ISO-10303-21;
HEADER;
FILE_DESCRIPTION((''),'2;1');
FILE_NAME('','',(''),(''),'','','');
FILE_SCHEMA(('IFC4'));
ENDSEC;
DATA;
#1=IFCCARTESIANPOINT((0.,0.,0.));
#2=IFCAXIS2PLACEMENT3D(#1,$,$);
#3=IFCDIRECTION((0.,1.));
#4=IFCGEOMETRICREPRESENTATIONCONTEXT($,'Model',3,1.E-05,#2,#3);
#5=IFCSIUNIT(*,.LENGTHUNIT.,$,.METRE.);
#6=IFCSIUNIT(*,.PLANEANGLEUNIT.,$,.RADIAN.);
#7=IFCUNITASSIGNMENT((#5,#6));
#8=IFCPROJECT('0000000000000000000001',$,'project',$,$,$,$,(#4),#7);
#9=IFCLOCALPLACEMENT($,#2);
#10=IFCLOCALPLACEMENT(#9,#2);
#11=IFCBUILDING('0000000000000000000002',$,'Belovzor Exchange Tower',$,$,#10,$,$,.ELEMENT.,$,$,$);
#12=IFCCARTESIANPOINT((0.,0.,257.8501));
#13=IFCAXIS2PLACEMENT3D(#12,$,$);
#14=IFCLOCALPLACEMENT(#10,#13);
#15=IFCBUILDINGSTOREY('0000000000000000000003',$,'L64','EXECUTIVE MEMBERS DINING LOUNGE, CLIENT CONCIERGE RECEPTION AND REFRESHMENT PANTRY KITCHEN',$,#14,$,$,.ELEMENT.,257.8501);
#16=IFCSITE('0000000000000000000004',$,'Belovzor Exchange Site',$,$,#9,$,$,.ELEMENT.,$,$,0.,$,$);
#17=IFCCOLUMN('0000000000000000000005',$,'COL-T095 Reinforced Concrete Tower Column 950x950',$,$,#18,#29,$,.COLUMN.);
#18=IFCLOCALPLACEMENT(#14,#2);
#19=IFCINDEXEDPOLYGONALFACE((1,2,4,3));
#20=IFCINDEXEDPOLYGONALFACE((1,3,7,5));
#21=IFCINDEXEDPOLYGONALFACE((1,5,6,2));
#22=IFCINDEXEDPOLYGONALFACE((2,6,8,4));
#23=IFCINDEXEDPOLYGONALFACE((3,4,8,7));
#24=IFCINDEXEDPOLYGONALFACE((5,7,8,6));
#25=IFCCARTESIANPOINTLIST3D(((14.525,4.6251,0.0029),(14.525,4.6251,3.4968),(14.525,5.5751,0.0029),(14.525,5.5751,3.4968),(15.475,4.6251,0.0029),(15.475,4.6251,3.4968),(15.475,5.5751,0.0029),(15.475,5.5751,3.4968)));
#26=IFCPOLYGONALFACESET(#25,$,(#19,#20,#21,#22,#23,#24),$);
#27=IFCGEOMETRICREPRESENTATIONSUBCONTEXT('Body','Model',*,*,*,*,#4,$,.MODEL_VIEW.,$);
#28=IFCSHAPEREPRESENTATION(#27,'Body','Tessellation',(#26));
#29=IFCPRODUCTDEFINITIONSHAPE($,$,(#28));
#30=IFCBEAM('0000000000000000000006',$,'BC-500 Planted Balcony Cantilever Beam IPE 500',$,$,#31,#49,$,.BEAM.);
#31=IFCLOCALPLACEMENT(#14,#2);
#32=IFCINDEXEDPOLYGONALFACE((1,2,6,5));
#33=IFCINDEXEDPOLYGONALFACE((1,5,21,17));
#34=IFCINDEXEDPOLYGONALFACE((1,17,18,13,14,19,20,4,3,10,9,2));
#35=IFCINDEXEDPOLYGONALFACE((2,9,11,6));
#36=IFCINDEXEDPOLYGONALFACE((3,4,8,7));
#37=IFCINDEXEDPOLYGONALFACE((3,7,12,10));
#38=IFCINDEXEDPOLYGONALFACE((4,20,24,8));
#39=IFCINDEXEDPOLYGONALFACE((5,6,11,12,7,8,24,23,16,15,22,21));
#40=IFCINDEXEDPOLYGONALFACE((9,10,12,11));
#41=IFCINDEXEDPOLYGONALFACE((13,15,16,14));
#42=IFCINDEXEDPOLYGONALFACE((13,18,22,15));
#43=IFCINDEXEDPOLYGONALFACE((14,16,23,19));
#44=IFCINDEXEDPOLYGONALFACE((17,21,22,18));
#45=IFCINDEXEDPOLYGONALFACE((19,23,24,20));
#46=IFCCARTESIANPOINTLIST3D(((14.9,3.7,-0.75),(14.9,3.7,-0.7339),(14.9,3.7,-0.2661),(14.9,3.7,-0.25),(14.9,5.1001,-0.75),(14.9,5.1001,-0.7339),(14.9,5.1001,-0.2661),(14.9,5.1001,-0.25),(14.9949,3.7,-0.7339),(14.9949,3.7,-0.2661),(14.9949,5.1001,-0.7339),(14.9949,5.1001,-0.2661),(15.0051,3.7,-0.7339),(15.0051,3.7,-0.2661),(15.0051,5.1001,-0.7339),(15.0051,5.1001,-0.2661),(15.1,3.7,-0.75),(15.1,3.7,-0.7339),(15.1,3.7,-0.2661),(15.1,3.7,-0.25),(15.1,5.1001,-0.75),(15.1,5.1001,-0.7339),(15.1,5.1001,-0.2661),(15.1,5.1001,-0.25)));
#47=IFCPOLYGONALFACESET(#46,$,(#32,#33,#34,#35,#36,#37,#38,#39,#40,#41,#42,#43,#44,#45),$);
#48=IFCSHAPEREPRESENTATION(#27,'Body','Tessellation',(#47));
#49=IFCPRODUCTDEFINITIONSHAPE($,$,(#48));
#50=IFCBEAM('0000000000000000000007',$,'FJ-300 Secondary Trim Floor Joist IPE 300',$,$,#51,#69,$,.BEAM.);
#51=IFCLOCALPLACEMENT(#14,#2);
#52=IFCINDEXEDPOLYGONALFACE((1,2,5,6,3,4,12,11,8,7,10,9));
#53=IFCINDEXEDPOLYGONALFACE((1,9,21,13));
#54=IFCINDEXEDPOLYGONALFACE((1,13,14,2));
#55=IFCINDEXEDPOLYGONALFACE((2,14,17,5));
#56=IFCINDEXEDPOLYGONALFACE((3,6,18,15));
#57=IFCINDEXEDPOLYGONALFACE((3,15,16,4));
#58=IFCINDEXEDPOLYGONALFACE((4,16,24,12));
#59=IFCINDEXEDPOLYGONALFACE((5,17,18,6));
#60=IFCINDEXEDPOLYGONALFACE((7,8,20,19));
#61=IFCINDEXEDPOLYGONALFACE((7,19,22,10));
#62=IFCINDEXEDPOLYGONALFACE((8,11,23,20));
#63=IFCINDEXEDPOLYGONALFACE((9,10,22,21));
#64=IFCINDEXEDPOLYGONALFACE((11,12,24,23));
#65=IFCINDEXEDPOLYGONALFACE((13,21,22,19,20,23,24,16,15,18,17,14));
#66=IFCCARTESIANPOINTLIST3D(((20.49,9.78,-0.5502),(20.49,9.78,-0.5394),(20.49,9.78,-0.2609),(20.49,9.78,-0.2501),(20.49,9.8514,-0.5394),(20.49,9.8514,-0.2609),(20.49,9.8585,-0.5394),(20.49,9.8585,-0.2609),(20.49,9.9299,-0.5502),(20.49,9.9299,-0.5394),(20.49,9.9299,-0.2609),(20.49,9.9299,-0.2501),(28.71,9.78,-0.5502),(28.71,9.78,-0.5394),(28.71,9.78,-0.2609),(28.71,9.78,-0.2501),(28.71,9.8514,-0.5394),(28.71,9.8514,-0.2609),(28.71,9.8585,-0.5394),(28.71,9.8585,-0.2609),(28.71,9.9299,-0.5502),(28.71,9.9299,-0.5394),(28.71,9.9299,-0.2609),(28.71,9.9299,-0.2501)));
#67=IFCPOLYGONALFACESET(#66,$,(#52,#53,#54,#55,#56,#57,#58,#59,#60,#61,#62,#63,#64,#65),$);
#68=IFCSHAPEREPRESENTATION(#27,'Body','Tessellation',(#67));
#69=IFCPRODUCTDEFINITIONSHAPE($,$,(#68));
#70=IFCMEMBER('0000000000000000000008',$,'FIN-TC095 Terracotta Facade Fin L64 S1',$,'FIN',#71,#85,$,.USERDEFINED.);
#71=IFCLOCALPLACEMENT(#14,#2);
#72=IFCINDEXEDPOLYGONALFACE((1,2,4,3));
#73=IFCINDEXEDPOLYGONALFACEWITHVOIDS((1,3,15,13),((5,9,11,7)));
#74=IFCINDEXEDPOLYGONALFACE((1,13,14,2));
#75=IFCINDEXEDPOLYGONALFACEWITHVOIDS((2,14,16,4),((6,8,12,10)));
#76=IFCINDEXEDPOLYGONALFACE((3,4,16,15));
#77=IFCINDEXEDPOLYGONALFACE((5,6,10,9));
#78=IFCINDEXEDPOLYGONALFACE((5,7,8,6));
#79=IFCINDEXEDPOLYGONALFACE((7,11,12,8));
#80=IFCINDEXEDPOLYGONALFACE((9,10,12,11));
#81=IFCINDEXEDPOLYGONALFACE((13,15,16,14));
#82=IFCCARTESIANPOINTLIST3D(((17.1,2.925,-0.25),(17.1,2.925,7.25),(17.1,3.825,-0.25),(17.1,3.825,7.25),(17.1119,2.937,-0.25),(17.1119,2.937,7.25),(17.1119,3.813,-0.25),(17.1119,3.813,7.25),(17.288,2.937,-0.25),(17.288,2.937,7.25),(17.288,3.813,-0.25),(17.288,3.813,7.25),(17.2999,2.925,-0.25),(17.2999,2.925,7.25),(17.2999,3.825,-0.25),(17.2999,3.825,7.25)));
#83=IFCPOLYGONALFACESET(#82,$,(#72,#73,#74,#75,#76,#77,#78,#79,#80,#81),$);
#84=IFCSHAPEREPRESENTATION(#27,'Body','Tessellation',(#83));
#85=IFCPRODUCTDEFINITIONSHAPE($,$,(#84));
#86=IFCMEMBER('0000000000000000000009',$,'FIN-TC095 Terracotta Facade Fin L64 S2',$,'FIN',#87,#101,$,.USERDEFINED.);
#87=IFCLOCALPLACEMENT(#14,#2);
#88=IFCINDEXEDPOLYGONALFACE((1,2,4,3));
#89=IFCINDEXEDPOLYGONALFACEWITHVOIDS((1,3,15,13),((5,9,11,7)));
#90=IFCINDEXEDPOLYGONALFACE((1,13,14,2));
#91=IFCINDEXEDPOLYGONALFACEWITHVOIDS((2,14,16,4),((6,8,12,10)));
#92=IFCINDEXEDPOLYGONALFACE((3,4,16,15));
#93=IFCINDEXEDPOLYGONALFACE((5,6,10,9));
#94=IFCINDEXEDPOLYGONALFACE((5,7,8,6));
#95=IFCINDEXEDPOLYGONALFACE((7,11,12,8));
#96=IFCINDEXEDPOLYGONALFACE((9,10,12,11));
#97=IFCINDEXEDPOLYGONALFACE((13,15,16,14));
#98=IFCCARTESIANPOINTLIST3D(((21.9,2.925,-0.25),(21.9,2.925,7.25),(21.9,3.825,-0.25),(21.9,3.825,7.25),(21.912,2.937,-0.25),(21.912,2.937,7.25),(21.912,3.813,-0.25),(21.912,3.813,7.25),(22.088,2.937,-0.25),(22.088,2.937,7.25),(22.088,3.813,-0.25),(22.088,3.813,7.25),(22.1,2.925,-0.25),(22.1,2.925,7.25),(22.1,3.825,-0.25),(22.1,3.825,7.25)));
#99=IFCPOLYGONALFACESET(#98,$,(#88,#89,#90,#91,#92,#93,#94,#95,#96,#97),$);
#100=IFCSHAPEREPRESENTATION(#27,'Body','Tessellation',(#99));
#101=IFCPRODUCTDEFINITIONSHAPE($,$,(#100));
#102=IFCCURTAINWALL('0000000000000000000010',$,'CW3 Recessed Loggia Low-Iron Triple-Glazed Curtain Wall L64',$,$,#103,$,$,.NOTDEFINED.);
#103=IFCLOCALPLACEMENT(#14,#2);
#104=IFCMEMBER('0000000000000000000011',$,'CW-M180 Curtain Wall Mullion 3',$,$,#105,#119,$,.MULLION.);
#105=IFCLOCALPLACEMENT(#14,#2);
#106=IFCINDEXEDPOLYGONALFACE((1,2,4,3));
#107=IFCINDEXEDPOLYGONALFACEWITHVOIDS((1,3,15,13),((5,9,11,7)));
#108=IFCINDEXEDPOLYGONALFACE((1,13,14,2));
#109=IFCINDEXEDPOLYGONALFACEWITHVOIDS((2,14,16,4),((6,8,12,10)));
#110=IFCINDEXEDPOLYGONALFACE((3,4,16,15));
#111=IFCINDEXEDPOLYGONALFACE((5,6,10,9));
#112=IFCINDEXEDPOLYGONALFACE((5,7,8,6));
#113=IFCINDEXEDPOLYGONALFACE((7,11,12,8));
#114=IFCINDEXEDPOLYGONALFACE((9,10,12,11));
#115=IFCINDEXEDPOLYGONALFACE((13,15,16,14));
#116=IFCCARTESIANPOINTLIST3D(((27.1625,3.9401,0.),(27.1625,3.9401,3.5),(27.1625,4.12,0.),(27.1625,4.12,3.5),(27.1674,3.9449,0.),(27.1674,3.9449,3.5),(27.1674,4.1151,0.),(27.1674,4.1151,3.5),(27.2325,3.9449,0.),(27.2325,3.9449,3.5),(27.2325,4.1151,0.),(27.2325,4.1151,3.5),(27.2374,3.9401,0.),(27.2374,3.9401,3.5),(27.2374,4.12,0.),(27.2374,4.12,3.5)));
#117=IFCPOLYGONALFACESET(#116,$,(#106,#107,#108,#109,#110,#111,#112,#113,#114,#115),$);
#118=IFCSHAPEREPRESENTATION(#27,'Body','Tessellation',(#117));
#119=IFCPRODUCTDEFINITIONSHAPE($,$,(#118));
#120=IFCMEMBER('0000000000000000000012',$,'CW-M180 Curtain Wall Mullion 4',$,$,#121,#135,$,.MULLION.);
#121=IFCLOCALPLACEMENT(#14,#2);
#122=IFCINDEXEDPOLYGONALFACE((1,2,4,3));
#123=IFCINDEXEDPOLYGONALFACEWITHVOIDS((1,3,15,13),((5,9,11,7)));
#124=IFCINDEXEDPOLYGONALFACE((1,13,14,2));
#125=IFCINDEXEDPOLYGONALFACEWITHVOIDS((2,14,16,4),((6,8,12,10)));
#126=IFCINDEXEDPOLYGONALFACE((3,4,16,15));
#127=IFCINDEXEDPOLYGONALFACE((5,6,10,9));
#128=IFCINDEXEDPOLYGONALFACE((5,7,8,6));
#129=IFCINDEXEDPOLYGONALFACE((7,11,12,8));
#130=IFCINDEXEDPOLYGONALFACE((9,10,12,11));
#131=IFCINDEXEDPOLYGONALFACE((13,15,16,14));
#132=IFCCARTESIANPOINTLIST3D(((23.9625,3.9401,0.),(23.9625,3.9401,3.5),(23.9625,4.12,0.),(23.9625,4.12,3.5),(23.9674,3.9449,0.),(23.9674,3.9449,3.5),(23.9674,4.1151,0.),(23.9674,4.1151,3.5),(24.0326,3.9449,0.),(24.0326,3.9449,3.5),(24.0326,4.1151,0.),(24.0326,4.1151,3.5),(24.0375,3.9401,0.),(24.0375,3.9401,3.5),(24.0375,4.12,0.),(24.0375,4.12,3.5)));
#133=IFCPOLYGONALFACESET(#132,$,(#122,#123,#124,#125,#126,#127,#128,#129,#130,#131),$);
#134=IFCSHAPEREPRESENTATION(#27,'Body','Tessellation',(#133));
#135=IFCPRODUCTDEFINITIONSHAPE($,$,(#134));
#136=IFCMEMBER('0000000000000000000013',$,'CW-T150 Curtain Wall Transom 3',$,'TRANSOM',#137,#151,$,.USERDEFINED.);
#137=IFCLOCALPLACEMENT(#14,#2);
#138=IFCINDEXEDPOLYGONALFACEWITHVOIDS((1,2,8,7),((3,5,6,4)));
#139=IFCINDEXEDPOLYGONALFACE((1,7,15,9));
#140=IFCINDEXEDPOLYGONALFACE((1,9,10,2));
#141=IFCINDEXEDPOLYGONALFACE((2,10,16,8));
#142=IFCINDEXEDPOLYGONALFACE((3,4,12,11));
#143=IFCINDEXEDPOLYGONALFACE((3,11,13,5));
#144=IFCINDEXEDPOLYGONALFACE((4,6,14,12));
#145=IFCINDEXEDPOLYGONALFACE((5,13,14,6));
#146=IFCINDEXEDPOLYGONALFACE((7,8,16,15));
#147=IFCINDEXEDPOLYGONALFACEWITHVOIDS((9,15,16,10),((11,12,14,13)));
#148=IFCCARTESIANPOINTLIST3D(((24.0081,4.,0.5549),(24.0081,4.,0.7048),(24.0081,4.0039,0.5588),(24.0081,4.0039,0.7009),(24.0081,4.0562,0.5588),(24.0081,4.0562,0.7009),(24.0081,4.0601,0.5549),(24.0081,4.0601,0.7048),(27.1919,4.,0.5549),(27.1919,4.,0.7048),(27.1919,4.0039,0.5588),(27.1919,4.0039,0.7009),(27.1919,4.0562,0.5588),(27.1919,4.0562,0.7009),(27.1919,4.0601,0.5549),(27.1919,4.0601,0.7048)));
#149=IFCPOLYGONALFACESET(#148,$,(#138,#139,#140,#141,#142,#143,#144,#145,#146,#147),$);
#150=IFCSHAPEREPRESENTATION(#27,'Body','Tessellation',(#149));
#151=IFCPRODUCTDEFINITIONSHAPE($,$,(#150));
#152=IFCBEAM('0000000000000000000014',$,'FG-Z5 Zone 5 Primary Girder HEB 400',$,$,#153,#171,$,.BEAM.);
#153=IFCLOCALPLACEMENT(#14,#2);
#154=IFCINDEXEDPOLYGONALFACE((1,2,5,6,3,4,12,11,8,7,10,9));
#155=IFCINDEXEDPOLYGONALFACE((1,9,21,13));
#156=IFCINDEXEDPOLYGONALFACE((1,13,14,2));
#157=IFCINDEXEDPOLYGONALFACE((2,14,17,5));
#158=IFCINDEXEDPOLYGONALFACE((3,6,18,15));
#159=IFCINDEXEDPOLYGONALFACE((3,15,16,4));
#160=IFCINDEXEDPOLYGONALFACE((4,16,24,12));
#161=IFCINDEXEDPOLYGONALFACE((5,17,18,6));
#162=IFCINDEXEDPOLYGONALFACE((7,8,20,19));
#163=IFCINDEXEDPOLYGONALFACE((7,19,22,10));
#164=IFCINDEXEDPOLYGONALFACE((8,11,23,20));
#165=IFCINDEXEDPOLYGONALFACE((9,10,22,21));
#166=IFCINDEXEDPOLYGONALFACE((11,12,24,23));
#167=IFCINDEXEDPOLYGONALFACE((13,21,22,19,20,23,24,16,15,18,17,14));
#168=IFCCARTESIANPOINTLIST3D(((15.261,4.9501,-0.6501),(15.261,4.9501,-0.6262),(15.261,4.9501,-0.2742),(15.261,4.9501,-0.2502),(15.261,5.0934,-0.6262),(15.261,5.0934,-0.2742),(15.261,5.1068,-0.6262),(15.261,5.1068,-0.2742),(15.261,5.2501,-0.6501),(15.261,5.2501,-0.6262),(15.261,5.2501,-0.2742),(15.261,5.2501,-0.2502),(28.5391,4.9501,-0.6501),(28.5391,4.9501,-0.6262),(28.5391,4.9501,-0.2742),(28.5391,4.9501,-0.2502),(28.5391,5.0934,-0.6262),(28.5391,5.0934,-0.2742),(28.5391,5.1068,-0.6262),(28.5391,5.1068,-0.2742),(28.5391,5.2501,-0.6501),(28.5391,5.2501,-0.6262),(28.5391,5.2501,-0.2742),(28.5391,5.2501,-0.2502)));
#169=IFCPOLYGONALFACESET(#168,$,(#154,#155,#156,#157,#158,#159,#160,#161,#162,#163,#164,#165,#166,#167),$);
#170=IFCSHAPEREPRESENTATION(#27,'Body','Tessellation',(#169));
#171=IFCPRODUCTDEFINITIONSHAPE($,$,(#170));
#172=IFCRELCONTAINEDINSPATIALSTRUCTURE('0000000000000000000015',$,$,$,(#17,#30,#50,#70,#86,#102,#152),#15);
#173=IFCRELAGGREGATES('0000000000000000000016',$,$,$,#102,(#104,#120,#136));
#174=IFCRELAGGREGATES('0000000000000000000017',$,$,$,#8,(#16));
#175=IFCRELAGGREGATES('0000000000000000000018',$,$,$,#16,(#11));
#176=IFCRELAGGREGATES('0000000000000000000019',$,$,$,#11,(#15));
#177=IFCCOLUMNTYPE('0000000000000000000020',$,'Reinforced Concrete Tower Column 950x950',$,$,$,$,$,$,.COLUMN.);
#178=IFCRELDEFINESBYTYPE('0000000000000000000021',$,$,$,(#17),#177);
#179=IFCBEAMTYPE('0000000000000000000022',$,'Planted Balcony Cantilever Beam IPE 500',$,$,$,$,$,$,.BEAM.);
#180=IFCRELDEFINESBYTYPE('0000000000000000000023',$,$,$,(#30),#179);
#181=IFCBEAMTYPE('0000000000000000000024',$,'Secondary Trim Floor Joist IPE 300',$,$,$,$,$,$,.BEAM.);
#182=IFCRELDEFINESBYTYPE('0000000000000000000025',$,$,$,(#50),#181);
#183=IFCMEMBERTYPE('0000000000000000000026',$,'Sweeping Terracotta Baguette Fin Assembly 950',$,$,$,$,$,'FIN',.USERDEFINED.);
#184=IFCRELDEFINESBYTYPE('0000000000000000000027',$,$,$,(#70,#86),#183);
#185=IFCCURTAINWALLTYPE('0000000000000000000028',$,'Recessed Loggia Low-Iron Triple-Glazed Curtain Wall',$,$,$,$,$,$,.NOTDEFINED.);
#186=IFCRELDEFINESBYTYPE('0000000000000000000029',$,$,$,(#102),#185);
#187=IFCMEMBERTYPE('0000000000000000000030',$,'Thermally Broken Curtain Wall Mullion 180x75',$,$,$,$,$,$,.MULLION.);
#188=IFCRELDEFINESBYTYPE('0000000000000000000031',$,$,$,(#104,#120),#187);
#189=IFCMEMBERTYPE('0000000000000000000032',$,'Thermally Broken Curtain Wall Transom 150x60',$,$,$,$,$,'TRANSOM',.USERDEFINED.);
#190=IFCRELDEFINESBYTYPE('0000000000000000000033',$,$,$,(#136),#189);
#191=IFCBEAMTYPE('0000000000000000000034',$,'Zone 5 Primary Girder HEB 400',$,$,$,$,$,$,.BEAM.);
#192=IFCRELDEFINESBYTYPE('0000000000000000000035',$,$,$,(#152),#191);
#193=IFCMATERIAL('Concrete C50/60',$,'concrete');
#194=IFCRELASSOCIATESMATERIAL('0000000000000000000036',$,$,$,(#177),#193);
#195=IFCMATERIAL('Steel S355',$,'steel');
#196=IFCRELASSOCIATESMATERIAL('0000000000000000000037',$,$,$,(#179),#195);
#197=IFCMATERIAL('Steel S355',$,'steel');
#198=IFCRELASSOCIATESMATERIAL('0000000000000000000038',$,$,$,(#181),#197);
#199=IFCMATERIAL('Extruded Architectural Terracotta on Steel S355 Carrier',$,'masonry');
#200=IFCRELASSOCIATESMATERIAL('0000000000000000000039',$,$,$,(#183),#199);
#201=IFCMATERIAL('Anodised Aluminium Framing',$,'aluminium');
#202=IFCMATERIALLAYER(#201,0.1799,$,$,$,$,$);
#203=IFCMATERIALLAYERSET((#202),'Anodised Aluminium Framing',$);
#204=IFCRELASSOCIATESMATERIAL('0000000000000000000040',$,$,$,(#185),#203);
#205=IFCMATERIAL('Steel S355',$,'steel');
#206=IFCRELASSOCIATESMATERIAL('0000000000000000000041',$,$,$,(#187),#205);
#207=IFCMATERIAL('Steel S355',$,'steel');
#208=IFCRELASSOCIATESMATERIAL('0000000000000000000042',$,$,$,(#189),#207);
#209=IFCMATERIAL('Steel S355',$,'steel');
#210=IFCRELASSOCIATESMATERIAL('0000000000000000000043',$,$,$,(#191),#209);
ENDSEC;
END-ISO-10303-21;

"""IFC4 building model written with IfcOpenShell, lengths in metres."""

from ifc_helpers import new_model, si_unit, direction, frame, origin, origin_2d, place, context, subcontext, project, spatial, rectangle, hollow_rectangle, i_section, extrude, material, layer, layer_set, material_profile, profile_set, type_object, element, aggregate, save


model = new_model("IFC4")

# Units and contexts
model_context = context("Model", 3, precision=1e-05, world=origin(), true_north=direction((0.0, 1.0)))
body_context = subcontext(model_context, "Body", "Model", "MODEL_VIEW")
ifc_project = project(units=[si_unit("LENGTHUNIT", "METRE"), si_unit("PLANEANGLEUNIT", "RADIAN")], contexts=[model_context])

# Site, building, storey
site_placement = place(None, origin())
site = spatial("IfcSite", under=ifc_project, at=site_placement, Name="Belovzor Exchange Site", CompositionType="ELEMENT", RefElevation=0.0)
building_placement = place(site_placement, origin())
building = spatial("IfcBuilding", under=site, at=building_placement, Name="Belovzor Exchange Tower", CompositionType="ELEMENT")
storey_placement = place(building_placement, frame((0.0, 0.0, 257.8501)))
storey = spatial("IfcBuildingStorey", under=building, at=storey_placement, Name="L64", Description="EXECUTIVE MEMBERS DINING LOUNGE, CLIENT CONCIERGE RECEPTION AND REFRESHMENT PANTRY KITCHEN", CompositionType="ELEMENT", Elevation=257.8501)

# Column
ifc_material_1 = material(Name="Concrete C50/60", Category="concrete")
ifc_material_profile_1 = material_profile(ifc_material_1, rectangle(XDim=0.95, YDim=0.95, at=origin_2d()))
ifc_profile_set_1 = profile_set([ifc_material_profile_1], Name="Concrete C50/60")
column_type = type_object("IfcColumnType", Name="Reinforced Concrete Tower Column 950x950", PredefinedType="COLUMN", material=ifc_profile_set_1)
column_placement = place(storey_placement, frame((15.0, 5.1001, 0.0029), z_axis=(0.0, 0.0, 1.0), x_axis=(1.0, 0.0, 0.0)))
element("IfcColumn", 1, at=column_placement, inside=storey, type_object=column_type, Name="COL-T095 Reinforced Concrete Tower Column 950x950", PredefinedType="COLUMN", context=body_context, shape_type="SweptSolid", body=[
    extrude(rectangle(XDim=0.95, YDim=0.95, at=origin_2d()), origin(), (0.0, 0.0, 1.0), 3.4939),
])

# Beams
ifc_material_2 = material(Name="Steel S355", Category="steel")
ifc_material_profile_2 = material_profile(ifc_material_2, i_section(OverallWidth=0.2, OverallDepth=0.5, WebThickness=0.0103, FlangeThickness=0.0161, at=origin_2d()))
ifc_profile_set_2 = profile_set([ifc_material_profile_2], Name="Steel S355")
beam_type_1 = type_object("IfcBeamType", Name="Planted Balcony Cantilever Beam IPE 500", PredefinedType="BEAM", material=ifc_profile_set_2)
beam_1_placement = place(storey_placement, frame((15.0, 5.1001, -0.5), z_axis=(0.0, -1.0, 0.0), x_axis=(1.0, 0.0, 0.0)))
element("IfcBeam", 2, at=beam_1_placement, inside=storey, type_object=beam_type_1, Name="BC-500 Planted Balcony Cantilever Beam IPE 500", PredefinedType="BEAM", context=body_context, shape_type="SweptSolid", body=[
    extrude(i_section(OverallWidth=0.2, OverallDepth=0.5, WebThickness=0.0103, FlangeThickness=0.0161, at=origin_2d()), origin(), (0.0, 0.0, 1.0), 1.4001),
])
ifc_material_3 = material(Name="Steel S355", Category="steel")
ifc_material_profile_3 = material_profile(ifc_material_3, i_section(OverallWidth=0.1499, OverallDepth=0.3, WebThickness=0.0071, FlangeThickness=0.0107, at=origin_2d()))
ifc_profile_set_3 = profile_set([ifc_material_profile_3], Name="Steel S355")
beam_type_2 = type_object("IfcBeamType", Name="Secondary Trim Floor Joist IPE 300", PredefinedType="BEAM", material=ifc_profile_set_3)
beam_2_placement = place(storey_placement, frame((20.49, 9.855, -0.4001), z_axis=(1.0, 0.0, 0.0), x_axis=(0.0, 1.0, 0.0)))
element("IfcBeam", 3, at=beam_2_placement, inside=storey, type_object=beam_type_2, Name="FJ-300 Secondary Trim Floor Joist IPE 300", PredefinedType="BEAM", context=body_context, shape_type="SweptSolid", body=[
    extrude(i_section(OverallWidth=0.1499, OverallDepth=0.3, WebThickness=0.0071, FlangeThickness=0.0107, at=origin_2d()), origin(), (0.0, 0.0, 1.0), 8.22),
])

# Members
ifc_material_4 = material(Name="Extruded Architectural Terracotta on Steel S355 Carrier", Category="masonry")
ifc_material_profile_4 = material_profile(ifc_material_4, hollow_rectangle(XDim=0.2, YDim=0.8999, WallThickness=0.012, at=origin_2d()))
ifc_profile_set_4 = profile_set([ifc_material_profile_4], Name="Extruded Architectural Terracotta on Steel S355 Carrier")
member_type_1 = type_object("IfcMemberType", Name="Sweeping Terracotta Baguette Fin Assembly 950", ElementType="FIN", PredefinedType="USERDEFINED", material=ifc_profile_set_4)
for number, where, z_axis, x_axis, name in (
    (4, (17.2, 3.375, -0.25), (0.0, 0.0, 1.0), (1.0, 0.0, 0.0), "FIN-TC095 Terracotta Facade Fin L64 S1"),
    (5, (22.0, 3.375, -0.25), (0.0, 0.0, 1.0), (1.0, 0.0, 0.0), "FIN-TC095 Terracotta Facade Fin L64 S2"),
):
    element("IfcMember", number, at=place(storey_placement, frame(where, z_axis=z_axis, x_axis=x_axis)), inside=storey, type_object=member_type_1, Name=name, ObjectType="FIN", PredefinedType="USERDEFINED", context=body_context, shape_type="SweptSolid", body=[
        extrude(hollow_rectangle(XDim=0.2, YDim=0.8999, WallThickness=0.012, at=origin_2d()), origin(), (0.0, 0.0, 1.0), 7.5),
    ])

# Curtain wall, members
ifc_material_5 = material(Name="Anodised Aluminium Framing", Category="aluminium")
ifc_layer_1 = layer(ifc_material_5, 0.1799)
ifc_layer_set_1 = layer_set([ifc_layer_1], Name="Anodised Aluminium Framing")
curtain_wall_type = type_object("IfcCurtainWallType", Name="Recessed Loggia Low-Iron Triple-Glazed Curtain Wall", PredefinedType="NOTDEFINED", material=ifc_layer_set_1)
curtain_wall_placement = place(storey_placement, origin())
curtain_wall = element("IfcCurtainWall", 6, at=curtain_wall_placement, inside=storey, type_object=curtain_wall_type, Name="CW3 Recessed Loggia Low-Iron Triple-Glazed Curtain Wall L64", PredefinedType="NOTDEFINED")
ifc_material_6 = material(Name="Steel S355", Category="steel")
ifc_material_profile_5 = material_profile(ifc_material_6, hollow_rectangle(XDim=0.075, YDim=0.1799, WallThickness=0.0049, at=origin_2d()))
ifc_profile_set_5 = profile_set([ifc_material_profile_5], Name="Steel S355")
member_type_2 = type_object("IfcMemberType", Name="Thermally Broken Curtain Wall Mullion 180x75", PredefinedType="MULLION", material=ifc_profile_set_5)
member_1_placement = place(storey_placement, frame((27.2, 4.03, 0.0), z_axis=(0.0, 0.0, 1.0), x_axis=(-1.0, 0.0, 0.0)))
member_1 = element("IfcMember", 7, at=member_1_placement, type_object=member_type_2, Name="CW-M180 Curtain Wall Mullion 3", PredefinedType="MULLION", context=body_context, shape_type="SweptSolid", body=[
    extrude(hollow_rectangle(XDim=0.075, YDim=0.1799, WallThickness=0.0049, at=origin_2d()), origin(), (0.0, 0.0, 1.0), 3.5),
])
member_2_placement = place(storey_placement, frame((24.0, 4.03, 0.0), z_axis=(0.0, 0.0, 1.0), x_axis=(-1.0, 0.0, 0.0)))
member_2 = element("IfcMember", 8, at=member_2_placement, type_object=member_type_2, Name="CW-M180 Curtain Wall Mullion 4", PredefinedType="MULLION", context=body_context, shape_type="SweptSolid", body=[
    extrude(hollow_rectangle(XDim=0.075, YDim=0.1799, WallThickness=0.0049, at=origin_2d()), origin(), (0.0, 0.0, 1.0), 3.5),
])
ifc_material_7 = material(Name="Steel S355", Category="steel")
ifc_material_profile_6 = material_profile(ifc_material_7, hollow_rectangle(XDim=0.0601, YDim=0.1499, WallThickness=0.0039, at=origin_2d()))
ifc_profile_set_6 = profile_set([ifc_material_profile_6], Name="Steel S355")
member_type_3 = type_object("IfcMemberType", Name="Thermally Broken Curtain Wall Transom 150x60", ElementType="TRANSOM", PredefinedType="USERDEFINED", material=ifc_profile_set_6)
member_3_placement = place(storey_placement, frame((27.1919, 4.03, 0.6299), z_axis=(-1.0, 0.0, 0.0), x_axis=(0.0, -1.0, 0.0)))
member_3 = element("IfcMember", 9, at=member_3_placement, type_object=member_type_3, Name="CW-T150 Curtain Wall Transom 3", ObjectType="TRANSOM", PredefinedType="USERDEFINED", context=body_context, shape_type="SweptSolid", body=[
    extrude(hollow_rectangle(XDim=0.0601, YDim=0.1499, WallThickness=0.0039, at=origin_2d()), origin(), (0.0, 0.0, 1.0), 3.1838),
])

# Beam
ifc_material_8 = material(Name="Steel S355", Category="steel")
ifc_material_profile_7 = material_profile(ifc_material_8, i_section(OverallWidth=0.3, OverallDepth=0.3999, WebThickness=0.0134, FlangeThickness=0.0239, at=origin_2d()))
ifc_profile_set_7 = profile_set([ifc_material_profile_7], Name="Steel S355")
beam_type_3 = type_object("IfcBeamType", Name="Zone 5 Primary Girder HEB 400", PredefinedType="BEAM", material=ifc_profile_set_7)
beam_3_placement = place(storey_placement, frame((15.261, 5.1001, -0.4502), z_axis=(1.0, 0.0, 0.0), x_axis=(0.0, 1.0, 0.0)))
element("IfcBeam", 10, at=beam_3_placement, inside=storey, type_object=beam_type_3, Name="FG-Z5 Zone 5 Primary Girder HEB 400", PredefinedType="BEAM", context=body_context, shape_type="SweptSolid", body=[
    extrude(i_section(OverallWidth=0.3, OverallDepth=0.3999, WebThickness=0.0134, FlangeThickness=0.0239, at=origin_2d()), origin(), (0.0, 0.0, 1.0), 13.2781),
])

aggregate(curtain_wall, [member_1, member_2, member_3])

save(model, "model.ifc")
